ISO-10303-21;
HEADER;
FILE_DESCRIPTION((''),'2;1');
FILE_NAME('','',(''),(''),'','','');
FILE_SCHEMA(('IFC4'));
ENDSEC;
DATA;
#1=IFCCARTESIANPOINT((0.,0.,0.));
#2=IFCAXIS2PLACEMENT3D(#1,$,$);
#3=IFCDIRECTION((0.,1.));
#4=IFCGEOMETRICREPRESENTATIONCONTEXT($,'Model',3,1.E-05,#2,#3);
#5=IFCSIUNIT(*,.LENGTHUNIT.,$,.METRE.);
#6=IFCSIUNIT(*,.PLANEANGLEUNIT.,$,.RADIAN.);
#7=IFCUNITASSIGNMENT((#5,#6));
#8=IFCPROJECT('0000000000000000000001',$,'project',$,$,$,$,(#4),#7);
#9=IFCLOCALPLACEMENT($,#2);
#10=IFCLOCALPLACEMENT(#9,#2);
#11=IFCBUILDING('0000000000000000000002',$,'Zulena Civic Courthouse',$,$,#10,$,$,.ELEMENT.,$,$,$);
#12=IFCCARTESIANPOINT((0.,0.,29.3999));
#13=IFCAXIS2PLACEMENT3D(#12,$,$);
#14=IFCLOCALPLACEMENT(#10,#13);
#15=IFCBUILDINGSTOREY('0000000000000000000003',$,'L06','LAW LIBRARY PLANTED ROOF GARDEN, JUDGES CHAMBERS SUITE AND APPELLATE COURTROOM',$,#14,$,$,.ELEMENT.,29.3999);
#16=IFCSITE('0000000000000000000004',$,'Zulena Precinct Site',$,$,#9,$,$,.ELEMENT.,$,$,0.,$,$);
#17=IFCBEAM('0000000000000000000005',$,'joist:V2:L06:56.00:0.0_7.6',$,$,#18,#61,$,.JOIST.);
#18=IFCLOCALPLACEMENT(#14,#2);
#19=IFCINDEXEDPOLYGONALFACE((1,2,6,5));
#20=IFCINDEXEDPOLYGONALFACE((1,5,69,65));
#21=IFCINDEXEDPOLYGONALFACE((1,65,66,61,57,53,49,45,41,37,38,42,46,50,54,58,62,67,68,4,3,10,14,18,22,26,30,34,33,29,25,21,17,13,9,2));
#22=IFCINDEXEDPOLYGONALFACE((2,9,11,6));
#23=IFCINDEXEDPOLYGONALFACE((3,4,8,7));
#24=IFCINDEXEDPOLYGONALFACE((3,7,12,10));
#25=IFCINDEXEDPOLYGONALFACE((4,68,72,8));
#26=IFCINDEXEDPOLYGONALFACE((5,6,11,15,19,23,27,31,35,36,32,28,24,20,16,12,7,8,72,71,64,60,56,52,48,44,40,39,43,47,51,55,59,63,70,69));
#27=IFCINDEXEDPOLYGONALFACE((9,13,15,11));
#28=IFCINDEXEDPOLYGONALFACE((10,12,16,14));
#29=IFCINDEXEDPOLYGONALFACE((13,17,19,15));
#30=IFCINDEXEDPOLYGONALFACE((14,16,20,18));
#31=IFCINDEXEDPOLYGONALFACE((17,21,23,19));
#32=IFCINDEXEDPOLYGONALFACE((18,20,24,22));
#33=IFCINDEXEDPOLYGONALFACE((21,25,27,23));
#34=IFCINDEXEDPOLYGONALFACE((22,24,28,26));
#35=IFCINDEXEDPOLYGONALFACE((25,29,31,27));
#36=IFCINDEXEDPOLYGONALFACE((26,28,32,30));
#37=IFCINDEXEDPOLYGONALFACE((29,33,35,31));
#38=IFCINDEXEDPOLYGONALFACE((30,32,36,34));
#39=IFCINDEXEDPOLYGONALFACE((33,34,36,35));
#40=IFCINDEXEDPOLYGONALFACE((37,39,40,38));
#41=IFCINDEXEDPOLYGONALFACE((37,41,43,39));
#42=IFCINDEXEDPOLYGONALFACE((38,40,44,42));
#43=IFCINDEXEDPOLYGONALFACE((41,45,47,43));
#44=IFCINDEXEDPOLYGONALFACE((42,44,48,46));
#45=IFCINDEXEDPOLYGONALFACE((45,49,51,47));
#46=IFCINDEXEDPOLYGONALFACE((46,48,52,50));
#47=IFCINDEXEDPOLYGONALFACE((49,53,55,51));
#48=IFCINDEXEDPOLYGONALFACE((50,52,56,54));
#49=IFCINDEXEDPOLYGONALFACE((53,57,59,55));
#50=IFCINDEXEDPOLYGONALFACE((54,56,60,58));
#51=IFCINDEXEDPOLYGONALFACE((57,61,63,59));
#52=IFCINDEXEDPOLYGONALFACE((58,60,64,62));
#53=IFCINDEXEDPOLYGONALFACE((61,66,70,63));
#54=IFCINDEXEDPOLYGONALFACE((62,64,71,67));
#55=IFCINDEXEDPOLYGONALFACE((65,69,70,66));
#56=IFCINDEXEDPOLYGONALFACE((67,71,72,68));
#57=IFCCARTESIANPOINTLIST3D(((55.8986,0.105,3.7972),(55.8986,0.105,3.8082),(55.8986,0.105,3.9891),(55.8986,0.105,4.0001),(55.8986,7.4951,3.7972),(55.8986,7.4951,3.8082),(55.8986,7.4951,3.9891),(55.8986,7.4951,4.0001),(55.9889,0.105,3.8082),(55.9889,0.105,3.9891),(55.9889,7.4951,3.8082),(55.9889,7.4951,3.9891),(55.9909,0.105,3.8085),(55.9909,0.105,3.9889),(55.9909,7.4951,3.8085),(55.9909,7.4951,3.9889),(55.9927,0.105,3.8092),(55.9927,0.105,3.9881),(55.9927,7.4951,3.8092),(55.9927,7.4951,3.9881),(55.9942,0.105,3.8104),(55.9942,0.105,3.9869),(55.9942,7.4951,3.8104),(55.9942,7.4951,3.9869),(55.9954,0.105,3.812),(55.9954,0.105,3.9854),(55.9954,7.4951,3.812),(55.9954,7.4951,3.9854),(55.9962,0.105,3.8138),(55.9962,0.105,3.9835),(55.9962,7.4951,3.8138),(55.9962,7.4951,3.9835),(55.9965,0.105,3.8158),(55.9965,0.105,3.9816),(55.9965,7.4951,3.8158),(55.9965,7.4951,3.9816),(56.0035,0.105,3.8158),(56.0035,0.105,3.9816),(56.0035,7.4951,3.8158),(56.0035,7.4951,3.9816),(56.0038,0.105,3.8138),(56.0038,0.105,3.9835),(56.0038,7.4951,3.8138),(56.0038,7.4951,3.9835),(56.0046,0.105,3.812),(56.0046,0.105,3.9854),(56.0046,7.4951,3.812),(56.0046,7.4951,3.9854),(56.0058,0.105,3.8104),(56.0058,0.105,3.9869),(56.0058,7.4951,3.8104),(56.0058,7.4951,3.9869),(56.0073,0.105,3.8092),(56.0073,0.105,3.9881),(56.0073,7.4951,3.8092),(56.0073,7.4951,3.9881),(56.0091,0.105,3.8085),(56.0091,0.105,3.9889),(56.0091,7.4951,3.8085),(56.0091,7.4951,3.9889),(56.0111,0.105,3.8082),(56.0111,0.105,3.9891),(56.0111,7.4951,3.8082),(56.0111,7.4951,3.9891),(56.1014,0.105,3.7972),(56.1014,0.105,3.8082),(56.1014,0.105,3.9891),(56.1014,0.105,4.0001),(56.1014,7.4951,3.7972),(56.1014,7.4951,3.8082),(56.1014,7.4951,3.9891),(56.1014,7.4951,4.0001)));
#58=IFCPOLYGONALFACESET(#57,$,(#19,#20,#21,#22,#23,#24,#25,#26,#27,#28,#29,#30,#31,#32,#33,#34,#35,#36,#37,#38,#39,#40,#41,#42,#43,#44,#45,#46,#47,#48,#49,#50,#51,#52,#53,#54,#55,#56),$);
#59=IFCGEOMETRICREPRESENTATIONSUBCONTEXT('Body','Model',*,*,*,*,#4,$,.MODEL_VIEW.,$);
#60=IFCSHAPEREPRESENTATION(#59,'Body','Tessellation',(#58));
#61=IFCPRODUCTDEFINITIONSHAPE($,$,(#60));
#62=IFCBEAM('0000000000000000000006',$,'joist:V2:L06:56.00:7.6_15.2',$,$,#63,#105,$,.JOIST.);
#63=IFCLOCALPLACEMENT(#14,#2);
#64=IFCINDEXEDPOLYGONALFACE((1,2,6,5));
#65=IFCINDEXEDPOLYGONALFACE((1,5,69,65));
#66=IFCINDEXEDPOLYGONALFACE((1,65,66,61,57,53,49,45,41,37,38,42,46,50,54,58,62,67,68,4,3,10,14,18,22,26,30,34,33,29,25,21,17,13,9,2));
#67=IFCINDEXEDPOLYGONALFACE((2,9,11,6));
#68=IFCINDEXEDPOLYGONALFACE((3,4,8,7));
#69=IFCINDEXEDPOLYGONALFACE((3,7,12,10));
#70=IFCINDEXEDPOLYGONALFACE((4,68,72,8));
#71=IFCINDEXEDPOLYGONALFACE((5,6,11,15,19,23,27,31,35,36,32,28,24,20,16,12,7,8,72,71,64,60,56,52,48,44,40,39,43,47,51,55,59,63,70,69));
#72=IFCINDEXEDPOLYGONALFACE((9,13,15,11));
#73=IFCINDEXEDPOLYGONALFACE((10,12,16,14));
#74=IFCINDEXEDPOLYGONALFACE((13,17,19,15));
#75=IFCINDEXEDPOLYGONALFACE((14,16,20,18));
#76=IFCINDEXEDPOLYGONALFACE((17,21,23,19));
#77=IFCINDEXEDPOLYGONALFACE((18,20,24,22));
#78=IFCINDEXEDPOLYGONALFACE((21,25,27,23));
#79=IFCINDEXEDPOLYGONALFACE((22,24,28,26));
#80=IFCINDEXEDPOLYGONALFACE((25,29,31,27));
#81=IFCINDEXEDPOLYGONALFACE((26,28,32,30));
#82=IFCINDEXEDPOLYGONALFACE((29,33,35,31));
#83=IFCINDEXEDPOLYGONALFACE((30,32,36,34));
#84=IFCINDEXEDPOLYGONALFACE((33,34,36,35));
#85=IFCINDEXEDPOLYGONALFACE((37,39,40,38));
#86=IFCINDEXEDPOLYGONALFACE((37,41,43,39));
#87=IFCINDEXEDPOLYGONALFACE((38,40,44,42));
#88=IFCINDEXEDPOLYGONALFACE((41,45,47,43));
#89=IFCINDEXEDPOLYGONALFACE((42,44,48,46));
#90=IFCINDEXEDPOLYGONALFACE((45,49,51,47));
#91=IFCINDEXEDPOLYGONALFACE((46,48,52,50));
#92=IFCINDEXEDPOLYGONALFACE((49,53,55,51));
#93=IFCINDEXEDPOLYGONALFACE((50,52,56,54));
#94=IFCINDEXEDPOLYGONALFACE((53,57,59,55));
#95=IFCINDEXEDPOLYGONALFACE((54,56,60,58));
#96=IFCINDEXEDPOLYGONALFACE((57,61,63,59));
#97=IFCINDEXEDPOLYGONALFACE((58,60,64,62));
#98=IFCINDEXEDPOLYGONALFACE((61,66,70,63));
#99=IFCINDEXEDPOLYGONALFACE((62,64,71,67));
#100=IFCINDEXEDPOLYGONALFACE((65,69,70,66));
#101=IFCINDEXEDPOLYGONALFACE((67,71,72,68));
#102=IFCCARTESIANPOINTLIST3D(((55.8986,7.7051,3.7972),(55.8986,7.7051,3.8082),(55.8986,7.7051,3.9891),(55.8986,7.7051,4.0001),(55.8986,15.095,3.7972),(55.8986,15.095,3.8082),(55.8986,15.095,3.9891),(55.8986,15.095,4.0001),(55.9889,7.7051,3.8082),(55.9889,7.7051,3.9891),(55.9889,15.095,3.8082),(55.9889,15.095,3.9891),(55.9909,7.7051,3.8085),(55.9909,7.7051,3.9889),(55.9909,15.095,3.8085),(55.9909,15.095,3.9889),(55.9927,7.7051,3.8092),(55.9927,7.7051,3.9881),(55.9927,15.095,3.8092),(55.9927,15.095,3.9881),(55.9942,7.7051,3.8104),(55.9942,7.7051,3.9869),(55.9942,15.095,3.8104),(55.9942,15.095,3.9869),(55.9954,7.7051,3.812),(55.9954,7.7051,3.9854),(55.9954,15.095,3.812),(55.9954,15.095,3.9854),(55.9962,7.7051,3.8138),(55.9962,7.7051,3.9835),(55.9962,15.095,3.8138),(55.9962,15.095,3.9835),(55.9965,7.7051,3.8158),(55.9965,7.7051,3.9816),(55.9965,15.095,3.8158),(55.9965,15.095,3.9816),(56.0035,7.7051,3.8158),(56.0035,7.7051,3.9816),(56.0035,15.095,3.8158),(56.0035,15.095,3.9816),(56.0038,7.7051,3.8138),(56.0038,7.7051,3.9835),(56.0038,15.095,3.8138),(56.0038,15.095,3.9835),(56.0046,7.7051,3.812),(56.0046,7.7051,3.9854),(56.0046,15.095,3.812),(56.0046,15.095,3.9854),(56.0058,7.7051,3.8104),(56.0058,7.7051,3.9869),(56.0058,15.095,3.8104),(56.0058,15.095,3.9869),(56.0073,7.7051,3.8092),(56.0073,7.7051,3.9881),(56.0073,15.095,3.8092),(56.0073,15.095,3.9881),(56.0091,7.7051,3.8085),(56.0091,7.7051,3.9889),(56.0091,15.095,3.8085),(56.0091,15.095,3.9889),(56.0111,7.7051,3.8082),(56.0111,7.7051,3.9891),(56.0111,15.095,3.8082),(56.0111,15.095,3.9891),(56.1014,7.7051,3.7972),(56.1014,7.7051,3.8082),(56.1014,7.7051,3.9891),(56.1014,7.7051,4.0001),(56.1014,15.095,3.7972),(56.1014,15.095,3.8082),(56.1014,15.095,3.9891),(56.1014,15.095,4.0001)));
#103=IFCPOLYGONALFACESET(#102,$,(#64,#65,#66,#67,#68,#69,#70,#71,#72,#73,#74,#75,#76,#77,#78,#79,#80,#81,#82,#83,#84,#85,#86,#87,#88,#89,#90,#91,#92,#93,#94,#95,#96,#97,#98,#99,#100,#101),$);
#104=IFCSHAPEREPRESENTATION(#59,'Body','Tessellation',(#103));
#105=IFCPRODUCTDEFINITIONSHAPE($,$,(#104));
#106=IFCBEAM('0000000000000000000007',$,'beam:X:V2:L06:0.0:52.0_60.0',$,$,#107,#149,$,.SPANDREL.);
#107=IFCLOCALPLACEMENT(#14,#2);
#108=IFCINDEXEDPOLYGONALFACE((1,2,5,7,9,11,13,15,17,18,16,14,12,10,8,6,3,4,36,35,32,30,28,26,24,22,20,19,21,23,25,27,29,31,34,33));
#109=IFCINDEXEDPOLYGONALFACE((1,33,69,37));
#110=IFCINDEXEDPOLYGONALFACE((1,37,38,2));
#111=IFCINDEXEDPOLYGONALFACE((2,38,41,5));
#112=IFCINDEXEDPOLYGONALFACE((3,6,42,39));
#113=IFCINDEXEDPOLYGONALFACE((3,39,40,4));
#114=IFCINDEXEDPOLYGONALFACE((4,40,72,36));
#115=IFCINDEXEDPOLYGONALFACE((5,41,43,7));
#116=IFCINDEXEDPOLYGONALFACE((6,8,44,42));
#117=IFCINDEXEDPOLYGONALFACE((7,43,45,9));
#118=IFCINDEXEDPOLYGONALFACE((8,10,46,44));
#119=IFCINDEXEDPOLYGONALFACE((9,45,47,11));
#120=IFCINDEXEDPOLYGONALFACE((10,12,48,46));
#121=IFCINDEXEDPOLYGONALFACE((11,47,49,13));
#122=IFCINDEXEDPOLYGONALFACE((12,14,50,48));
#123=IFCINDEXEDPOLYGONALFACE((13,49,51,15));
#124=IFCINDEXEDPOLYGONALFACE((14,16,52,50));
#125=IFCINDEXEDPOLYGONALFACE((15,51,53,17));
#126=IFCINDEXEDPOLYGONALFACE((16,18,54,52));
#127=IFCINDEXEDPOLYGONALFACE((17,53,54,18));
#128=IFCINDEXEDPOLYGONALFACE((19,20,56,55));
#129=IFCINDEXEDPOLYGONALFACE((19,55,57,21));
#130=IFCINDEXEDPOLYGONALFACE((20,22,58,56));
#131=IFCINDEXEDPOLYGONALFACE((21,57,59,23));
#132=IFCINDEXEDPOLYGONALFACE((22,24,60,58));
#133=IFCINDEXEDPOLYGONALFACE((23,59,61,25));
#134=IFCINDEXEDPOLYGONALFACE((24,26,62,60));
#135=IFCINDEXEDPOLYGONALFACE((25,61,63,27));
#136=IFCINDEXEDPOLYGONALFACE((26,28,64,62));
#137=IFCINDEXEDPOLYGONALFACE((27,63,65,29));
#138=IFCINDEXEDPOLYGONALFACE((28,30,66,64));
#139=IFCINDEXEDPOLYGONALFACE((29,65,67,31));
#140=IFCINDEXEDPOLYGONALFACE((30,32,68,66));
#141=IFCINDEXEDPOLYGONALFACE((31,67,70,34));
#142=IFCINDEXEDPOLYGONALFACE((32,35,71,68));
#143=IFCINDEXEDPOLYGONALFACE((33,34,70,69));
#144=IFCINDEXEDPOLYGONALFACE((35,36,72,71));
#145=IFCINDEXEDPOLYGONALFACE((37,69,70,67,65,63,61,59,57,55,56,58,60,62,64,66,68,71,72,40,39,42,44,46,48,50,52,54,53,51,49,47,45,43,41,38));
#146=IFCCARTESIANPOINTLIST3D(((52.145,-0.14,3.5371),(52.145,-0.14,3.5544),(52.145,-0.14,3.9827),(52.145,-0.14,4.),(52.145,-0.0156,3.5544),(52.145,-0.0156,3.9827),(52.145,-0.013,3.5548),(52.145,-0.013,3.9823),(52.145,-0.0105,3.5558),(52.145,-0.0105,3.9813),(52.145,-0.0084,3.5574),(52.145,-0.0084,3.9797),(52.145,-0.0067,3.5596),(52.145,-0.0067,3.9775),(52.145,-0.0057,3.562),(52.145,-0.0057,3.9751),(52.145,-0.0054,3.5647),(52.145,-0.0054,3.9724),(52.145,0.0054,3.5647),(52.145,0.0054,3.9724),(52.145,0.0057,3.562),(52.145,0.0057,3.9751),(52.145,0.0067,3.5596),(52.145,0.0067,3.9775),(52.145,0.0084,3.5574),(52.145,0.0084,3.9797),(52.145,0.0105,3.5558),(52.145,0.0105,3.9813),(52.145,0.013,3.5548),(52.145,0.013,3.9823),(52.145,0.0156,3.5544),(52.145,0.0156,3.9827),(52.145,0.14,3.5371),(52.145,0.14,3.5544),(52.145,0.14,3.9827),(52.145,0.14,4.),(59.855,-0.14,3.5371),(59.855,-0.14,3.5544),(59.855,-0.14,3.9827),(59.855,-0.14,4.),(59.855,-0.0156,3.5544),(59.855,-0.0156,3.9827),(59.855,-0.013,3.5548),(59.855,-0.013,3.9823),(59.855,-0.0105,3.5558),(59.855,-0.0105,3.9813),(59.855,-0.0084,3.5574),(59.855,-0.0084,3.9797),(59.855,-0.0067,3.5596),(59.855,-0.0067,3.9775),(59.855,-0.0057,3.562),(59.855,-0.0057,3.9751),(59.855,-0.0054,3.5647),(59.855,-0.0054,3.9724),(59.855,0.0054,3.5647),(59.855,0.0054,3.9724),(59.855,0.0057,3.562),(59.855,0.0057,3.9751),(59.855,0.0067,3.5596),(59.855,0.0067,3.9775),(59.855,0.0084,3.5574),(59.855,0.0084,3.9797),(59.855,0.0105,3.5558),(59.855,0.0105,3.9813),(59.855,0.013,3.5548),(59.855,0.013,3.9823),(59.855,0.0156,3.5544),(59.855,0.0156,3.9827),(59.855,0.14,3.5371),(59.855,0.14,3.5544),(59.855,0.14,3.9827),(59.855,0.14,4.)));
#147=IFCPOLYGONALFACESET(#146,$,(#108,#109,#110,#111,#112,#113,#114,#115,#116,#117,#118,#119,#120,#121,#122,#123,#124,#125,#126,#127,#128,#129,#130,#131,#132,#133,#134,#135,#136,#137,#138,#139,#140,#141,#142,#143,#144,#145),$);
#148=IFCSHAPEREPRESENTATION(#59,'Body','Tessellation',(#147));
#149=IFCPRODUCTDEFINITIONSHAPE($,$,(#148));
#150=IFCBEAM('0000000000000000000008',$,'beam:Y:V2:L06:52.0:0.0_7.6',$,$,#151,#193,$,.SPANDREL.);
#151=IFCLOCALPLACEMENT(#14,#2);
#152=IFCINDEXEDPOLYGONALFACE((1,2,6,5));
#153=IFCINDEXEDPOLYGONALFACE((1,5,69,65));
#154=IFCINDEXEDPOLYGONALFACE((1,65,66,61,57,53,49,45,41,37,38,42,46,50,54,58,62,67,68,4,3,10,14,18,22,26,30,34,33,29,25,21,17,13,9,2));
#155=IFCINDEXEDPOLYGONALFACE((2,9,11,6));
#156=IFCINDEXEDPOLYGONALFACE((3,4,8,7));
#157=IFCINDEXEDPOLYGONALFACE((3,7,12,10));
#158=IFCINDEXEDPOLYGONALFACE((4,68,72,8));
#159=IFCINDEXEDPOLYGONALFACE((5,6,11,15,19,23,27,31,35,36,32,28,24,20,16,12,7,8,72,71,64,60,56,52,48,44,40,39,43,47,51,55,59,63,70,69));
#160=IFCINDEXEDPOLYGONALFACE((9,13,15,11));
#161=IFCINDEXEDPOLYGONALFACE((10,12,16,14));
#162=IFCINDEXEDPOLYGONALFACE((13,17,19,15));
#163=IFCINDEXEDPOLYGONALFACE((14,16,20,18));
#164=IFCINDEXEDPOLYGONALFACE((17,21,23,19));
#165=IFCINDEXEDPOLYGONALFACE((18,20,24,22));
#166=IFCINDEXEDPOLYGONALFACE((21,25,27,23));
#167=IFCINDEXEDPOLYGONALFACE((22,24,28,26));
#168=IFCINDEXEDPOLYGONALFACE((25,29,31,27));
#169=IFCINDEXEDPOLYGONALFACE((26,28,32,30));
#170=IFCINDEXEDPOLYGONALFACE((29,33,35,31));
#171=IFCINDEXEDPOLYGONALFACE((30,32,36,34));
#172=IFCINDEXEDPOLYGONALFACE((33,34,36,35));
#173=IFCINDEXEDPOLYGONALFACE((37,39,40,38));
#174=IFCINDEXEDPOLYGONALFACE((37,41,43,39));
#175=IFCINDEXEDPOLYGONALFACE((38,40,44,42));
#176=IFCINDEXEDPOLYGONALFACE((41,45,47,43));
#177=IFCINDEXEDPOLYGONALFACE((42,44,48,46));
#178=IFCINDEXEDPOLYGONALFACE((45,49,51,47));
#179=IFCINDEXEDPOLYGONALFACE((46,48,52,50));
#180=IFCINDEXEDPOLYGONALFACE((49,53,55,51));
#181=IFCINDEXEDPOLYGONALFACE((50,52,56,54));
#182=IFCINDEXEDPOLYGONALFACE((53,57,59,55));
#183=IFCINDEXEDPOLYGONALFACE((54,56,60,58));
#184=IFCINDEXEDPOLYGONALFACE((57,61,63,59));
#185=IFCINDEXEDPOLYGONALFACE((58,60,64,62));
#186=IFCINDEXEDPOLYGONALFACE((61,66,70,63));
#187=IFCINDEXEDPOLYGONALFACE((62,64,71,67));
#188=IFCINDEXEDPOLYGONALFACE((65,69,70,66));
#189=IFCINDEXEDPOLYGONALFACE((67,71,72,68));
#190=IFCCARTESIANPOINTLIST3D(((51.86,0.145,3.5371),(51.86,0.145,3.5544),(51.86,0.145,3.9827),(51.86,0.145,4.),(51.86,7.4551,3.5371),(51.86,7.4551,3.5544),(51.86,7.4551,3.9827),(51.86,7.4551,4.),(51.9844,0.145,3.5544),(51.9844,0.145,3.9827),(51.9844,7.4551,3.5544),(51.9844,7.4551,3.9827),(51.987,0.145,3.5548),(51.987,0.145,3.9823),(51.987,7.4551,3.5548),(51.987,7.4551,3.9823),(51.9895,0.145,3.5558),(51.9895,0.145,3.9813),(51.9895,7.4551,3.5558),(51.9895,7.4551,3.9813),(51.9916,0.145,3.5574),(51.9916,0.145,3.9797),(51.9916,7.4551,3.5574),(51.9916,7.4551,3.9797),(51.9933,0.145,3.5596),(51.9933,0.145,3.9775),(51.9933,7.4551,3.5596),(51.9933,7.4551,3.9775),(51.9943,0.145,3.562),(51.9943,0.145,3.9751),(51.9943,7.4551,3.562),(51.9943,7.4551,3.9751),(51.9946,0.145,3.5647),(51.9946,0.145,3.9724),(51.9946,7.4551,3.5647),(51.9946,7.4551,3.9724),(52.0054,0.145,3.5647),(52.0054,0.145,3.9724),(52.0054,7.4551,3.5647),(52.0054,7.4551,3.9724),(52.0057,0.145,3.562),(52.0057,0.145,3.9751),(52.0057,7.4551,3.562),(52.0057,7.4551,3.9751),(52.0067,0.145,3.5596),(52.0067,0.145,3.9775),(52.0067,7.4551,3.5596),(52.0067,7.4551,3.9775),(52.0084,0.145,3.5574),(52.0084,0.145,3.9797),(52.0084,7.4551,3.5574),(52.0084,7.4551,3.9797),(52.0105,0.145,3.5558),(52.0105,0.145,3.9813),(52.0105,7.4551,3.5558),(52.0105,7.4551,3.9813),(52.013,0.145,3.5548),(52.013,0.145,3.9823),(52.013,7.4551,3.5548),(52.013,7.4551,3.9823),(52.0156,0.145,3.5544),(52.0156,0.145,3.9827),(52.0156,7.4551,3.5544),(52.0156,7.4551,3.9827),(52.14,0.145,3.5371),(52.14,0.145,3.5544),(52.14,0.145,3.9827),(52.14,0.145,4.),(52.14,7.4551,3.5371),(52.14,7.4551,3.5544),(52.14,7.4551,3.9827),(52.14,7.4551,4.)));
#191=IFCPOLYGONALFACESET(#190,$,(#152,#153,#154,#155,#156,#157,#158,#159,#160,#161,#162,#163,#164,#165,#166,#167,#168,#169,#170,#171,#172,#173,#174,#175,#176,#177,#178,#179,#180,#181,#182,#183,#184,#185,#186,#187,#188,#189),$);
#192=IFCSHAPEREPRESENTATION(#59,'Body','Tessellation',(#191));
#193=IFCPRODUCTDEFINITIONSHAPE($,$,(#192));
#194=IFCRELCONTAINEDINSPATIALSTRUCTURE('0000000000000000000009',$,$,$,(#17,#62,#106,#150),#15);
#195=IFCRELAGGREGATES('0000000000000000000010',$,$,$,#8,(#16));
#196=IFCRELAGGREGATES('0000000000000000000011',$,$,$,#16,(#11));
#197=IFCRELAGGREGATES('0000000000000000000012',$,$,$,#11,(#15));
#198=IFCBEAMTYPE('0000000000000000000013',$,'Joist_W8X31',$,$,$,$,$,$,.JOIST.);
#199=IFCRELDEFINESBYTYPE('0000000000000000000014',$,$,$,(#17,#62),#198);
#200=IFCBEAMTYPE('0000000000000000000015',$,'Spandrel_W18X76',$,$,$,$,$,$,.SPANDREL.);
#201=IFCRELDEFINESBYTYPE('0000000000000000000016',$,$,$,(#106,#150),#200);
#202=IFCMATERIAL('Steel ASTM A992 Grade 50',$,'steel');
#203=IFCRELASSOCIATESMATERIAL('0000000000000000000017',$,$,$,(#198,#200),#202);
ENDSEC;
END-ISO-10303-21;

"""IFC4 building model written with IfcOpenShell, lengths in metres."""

from ifc_helpers import new_model, si_unit, direction, frame, origin, origin_2d, place, context, subcontext, project, spatial, i_section, extrude, material, material_profile, profile_set, type_object, element, save


model = new_model("IFC4")

# Units and contexts
model_context = context("Model", 3, precision=1e-05, world=origin(), true_north=direction((0.0, 1.0)))
body_context = subcontext(model_context, "Body", "Model", "MODEL_VIEW")
ifc_project = project(units=[si_unit("LENGTHUNIT", "METRE"), si_unit("PLANEANGLEUNIT", "RADIAN")], contexts=[model_context])

# Site, building, storey
site_placement = place(None, origin())
site = spatial("IfcSite", under=ifc_project, at=site_placement, Name="Zulena Precinct Site", CompositionType="ELEMENT", RefElevation=0.0)
building_placement = place(site_placement, origin())
building = spatial("IfcBuilding", under=site, at=building_placement, Name="Zulena Civic Courthouse", CompositionType="ELEMENT")
storey_placement = place(building_placement, frame((0.0, 0.0, 29.3999)))
storey = spatial("IfcBuildingStorey", under=building, at=storey_placement, Name="L06", Description="LAW LIBRARY PLANTED ROOF GARDEN, JUDGES CHAMBERS SUITE AND APPELLATE COURTROOM", CompositionType="ELEMENT", Elevation=29.3999)

# Shared definitions
ifc_material_1 = material(Name="Steel ASTM A992 Grade 50", Category="steel")

# Beams
ifc_material_profile_1 = material_profile(ifc_material_1, i_section(OverallWidth=0.2029, OverallDepth=0.2029, WebThickness=0.0071, FlangeThickness=0.011, FilletRadius=0.0076, at=origin_2d()), Name="W8X31")
ifc_profile_set_1 = profile_set([ifc_material_profile_1], Name="Steel ASTM A992 Grade 50")
beam_type_1 = type_object("IfcBeamType", Name="Joist_W8X31", PredefinedType="JOIST", material=ifc_profile_set_1)
beam_1_placement = place(storey_placement, frame((56.0, 0.105, 3.8987), z_axis=(0.0, 1.0, 0.0), x_axis=(-1.0, 0.0, 0.0)))
element("IfcBeam", 1, at=beam_1_placement, inside=storey, type_object=beam_type_1, Name="joist:V2:L06:56.00:0.0_7.6", PredefinedType="JOIST", context=body_context, shape_type="SweptSolid", body=[
    extrude(i_section(OverallWidth=0.2029, OverallDepth=0.2029, WebThickness=0.0071, FlangeThickness=0.011, FilletRadius=0.0076, at=origin_2d()), origin(), (0.0, 0.0, 1.0), 7.3901),
])
beam_2_placement = place(storey_placement, frame((56.0, 7.7051, 3.8987), z_axis=(0.0, 1.0, 0.0), x_axis=(-1.0, 0.0, 0.0)))
element("IfcBeam", 2, at=beam_2_placement, inside=storey, type_object=beam_type_1, Name="joist:V2:L06:56.00:7.6_15.2", PredefinedType="JOIST", context=body_context, shape_type="SweptSolid", body=[
    extrude(i_section(OverallWidth=0.2029, OverallDepth=0.2029, WebThickness=0.0071, FlangeThickness=0.011, FilletRadius=0.0076, at=origin_2d()), origin(), (0.0, 0.0, 1.0), 7.3899),
])
ifc_material_profile_2 = material_profile(ifc_material_1, i_section(OverallWidth=0.28, OverallDepth=0.4629, WebThickness=0.0107, FlangeThickness=0.0173, FilletRadius=0.0103, at=origin_2d()), Name="W18X76")
ifc_profile_set_2 = profile_set([ifc_material_profile_2], Name="Steel ASTM A992 Grade 50")
beam_type_2 = type_object("IfcBeamType", Name="Spandrel_W18X76", PredefinedType="SPANDREL", material=ifc_profile_set_2)
beam_3_placement = place(storey_placement, frame((52.145, 0.0, 3.7686), z_axis=(1.0, 0.0, 0.0), x_axis=(0.0, 1.0, 0.0)))
element("IfcBeam", 3, at=beam_3_placement, inside=storey, type_object=beam_type_2, Name="beam:X:V2:L06:0.0:52.0_60.0", PredefinedType="SPANDREL", context=body_context, shape_type="SweptSolid", body=[
    extrude(i_section(OverallWidth=0.28, OverallDepth=0.4629, WebThickness=0.0107, FlangeThickness=0.0173, FilletRadius=0.0103, at=origin_2d()), origin(), (0.0, 0.0, 1.0), 7.71),
])
for number, where, z_axis, x_axis, name in (
    (4, (52.0, 0.145, 3.7686), (0.0, 1.0, 0.0), (-1.0, 0.0, 0.0), "beam:Y:V2:L06:52.0:0.0_7.6"),
):
    element("IfcBeam", number, at=place(storey_placement, frame(where, z_axis=z_axis, x_axis=x_axis)), inside=storey, type_object=beam_type_2, Name=name, PredefinedType="SPANDREL", context=body_context, shape_type="SweptSolid", body=[
        extrude(i_section(OverallWidth=0.28, OverallDepth=0.4629, WebThickness=0.0107, FlangeThickness=0.0173, FilletRadius=0.0103, at=origin_2d()), origin(), (0.0, 0.0, 1.0), 7.3101),
    ])

save(model, "model.ifc")
